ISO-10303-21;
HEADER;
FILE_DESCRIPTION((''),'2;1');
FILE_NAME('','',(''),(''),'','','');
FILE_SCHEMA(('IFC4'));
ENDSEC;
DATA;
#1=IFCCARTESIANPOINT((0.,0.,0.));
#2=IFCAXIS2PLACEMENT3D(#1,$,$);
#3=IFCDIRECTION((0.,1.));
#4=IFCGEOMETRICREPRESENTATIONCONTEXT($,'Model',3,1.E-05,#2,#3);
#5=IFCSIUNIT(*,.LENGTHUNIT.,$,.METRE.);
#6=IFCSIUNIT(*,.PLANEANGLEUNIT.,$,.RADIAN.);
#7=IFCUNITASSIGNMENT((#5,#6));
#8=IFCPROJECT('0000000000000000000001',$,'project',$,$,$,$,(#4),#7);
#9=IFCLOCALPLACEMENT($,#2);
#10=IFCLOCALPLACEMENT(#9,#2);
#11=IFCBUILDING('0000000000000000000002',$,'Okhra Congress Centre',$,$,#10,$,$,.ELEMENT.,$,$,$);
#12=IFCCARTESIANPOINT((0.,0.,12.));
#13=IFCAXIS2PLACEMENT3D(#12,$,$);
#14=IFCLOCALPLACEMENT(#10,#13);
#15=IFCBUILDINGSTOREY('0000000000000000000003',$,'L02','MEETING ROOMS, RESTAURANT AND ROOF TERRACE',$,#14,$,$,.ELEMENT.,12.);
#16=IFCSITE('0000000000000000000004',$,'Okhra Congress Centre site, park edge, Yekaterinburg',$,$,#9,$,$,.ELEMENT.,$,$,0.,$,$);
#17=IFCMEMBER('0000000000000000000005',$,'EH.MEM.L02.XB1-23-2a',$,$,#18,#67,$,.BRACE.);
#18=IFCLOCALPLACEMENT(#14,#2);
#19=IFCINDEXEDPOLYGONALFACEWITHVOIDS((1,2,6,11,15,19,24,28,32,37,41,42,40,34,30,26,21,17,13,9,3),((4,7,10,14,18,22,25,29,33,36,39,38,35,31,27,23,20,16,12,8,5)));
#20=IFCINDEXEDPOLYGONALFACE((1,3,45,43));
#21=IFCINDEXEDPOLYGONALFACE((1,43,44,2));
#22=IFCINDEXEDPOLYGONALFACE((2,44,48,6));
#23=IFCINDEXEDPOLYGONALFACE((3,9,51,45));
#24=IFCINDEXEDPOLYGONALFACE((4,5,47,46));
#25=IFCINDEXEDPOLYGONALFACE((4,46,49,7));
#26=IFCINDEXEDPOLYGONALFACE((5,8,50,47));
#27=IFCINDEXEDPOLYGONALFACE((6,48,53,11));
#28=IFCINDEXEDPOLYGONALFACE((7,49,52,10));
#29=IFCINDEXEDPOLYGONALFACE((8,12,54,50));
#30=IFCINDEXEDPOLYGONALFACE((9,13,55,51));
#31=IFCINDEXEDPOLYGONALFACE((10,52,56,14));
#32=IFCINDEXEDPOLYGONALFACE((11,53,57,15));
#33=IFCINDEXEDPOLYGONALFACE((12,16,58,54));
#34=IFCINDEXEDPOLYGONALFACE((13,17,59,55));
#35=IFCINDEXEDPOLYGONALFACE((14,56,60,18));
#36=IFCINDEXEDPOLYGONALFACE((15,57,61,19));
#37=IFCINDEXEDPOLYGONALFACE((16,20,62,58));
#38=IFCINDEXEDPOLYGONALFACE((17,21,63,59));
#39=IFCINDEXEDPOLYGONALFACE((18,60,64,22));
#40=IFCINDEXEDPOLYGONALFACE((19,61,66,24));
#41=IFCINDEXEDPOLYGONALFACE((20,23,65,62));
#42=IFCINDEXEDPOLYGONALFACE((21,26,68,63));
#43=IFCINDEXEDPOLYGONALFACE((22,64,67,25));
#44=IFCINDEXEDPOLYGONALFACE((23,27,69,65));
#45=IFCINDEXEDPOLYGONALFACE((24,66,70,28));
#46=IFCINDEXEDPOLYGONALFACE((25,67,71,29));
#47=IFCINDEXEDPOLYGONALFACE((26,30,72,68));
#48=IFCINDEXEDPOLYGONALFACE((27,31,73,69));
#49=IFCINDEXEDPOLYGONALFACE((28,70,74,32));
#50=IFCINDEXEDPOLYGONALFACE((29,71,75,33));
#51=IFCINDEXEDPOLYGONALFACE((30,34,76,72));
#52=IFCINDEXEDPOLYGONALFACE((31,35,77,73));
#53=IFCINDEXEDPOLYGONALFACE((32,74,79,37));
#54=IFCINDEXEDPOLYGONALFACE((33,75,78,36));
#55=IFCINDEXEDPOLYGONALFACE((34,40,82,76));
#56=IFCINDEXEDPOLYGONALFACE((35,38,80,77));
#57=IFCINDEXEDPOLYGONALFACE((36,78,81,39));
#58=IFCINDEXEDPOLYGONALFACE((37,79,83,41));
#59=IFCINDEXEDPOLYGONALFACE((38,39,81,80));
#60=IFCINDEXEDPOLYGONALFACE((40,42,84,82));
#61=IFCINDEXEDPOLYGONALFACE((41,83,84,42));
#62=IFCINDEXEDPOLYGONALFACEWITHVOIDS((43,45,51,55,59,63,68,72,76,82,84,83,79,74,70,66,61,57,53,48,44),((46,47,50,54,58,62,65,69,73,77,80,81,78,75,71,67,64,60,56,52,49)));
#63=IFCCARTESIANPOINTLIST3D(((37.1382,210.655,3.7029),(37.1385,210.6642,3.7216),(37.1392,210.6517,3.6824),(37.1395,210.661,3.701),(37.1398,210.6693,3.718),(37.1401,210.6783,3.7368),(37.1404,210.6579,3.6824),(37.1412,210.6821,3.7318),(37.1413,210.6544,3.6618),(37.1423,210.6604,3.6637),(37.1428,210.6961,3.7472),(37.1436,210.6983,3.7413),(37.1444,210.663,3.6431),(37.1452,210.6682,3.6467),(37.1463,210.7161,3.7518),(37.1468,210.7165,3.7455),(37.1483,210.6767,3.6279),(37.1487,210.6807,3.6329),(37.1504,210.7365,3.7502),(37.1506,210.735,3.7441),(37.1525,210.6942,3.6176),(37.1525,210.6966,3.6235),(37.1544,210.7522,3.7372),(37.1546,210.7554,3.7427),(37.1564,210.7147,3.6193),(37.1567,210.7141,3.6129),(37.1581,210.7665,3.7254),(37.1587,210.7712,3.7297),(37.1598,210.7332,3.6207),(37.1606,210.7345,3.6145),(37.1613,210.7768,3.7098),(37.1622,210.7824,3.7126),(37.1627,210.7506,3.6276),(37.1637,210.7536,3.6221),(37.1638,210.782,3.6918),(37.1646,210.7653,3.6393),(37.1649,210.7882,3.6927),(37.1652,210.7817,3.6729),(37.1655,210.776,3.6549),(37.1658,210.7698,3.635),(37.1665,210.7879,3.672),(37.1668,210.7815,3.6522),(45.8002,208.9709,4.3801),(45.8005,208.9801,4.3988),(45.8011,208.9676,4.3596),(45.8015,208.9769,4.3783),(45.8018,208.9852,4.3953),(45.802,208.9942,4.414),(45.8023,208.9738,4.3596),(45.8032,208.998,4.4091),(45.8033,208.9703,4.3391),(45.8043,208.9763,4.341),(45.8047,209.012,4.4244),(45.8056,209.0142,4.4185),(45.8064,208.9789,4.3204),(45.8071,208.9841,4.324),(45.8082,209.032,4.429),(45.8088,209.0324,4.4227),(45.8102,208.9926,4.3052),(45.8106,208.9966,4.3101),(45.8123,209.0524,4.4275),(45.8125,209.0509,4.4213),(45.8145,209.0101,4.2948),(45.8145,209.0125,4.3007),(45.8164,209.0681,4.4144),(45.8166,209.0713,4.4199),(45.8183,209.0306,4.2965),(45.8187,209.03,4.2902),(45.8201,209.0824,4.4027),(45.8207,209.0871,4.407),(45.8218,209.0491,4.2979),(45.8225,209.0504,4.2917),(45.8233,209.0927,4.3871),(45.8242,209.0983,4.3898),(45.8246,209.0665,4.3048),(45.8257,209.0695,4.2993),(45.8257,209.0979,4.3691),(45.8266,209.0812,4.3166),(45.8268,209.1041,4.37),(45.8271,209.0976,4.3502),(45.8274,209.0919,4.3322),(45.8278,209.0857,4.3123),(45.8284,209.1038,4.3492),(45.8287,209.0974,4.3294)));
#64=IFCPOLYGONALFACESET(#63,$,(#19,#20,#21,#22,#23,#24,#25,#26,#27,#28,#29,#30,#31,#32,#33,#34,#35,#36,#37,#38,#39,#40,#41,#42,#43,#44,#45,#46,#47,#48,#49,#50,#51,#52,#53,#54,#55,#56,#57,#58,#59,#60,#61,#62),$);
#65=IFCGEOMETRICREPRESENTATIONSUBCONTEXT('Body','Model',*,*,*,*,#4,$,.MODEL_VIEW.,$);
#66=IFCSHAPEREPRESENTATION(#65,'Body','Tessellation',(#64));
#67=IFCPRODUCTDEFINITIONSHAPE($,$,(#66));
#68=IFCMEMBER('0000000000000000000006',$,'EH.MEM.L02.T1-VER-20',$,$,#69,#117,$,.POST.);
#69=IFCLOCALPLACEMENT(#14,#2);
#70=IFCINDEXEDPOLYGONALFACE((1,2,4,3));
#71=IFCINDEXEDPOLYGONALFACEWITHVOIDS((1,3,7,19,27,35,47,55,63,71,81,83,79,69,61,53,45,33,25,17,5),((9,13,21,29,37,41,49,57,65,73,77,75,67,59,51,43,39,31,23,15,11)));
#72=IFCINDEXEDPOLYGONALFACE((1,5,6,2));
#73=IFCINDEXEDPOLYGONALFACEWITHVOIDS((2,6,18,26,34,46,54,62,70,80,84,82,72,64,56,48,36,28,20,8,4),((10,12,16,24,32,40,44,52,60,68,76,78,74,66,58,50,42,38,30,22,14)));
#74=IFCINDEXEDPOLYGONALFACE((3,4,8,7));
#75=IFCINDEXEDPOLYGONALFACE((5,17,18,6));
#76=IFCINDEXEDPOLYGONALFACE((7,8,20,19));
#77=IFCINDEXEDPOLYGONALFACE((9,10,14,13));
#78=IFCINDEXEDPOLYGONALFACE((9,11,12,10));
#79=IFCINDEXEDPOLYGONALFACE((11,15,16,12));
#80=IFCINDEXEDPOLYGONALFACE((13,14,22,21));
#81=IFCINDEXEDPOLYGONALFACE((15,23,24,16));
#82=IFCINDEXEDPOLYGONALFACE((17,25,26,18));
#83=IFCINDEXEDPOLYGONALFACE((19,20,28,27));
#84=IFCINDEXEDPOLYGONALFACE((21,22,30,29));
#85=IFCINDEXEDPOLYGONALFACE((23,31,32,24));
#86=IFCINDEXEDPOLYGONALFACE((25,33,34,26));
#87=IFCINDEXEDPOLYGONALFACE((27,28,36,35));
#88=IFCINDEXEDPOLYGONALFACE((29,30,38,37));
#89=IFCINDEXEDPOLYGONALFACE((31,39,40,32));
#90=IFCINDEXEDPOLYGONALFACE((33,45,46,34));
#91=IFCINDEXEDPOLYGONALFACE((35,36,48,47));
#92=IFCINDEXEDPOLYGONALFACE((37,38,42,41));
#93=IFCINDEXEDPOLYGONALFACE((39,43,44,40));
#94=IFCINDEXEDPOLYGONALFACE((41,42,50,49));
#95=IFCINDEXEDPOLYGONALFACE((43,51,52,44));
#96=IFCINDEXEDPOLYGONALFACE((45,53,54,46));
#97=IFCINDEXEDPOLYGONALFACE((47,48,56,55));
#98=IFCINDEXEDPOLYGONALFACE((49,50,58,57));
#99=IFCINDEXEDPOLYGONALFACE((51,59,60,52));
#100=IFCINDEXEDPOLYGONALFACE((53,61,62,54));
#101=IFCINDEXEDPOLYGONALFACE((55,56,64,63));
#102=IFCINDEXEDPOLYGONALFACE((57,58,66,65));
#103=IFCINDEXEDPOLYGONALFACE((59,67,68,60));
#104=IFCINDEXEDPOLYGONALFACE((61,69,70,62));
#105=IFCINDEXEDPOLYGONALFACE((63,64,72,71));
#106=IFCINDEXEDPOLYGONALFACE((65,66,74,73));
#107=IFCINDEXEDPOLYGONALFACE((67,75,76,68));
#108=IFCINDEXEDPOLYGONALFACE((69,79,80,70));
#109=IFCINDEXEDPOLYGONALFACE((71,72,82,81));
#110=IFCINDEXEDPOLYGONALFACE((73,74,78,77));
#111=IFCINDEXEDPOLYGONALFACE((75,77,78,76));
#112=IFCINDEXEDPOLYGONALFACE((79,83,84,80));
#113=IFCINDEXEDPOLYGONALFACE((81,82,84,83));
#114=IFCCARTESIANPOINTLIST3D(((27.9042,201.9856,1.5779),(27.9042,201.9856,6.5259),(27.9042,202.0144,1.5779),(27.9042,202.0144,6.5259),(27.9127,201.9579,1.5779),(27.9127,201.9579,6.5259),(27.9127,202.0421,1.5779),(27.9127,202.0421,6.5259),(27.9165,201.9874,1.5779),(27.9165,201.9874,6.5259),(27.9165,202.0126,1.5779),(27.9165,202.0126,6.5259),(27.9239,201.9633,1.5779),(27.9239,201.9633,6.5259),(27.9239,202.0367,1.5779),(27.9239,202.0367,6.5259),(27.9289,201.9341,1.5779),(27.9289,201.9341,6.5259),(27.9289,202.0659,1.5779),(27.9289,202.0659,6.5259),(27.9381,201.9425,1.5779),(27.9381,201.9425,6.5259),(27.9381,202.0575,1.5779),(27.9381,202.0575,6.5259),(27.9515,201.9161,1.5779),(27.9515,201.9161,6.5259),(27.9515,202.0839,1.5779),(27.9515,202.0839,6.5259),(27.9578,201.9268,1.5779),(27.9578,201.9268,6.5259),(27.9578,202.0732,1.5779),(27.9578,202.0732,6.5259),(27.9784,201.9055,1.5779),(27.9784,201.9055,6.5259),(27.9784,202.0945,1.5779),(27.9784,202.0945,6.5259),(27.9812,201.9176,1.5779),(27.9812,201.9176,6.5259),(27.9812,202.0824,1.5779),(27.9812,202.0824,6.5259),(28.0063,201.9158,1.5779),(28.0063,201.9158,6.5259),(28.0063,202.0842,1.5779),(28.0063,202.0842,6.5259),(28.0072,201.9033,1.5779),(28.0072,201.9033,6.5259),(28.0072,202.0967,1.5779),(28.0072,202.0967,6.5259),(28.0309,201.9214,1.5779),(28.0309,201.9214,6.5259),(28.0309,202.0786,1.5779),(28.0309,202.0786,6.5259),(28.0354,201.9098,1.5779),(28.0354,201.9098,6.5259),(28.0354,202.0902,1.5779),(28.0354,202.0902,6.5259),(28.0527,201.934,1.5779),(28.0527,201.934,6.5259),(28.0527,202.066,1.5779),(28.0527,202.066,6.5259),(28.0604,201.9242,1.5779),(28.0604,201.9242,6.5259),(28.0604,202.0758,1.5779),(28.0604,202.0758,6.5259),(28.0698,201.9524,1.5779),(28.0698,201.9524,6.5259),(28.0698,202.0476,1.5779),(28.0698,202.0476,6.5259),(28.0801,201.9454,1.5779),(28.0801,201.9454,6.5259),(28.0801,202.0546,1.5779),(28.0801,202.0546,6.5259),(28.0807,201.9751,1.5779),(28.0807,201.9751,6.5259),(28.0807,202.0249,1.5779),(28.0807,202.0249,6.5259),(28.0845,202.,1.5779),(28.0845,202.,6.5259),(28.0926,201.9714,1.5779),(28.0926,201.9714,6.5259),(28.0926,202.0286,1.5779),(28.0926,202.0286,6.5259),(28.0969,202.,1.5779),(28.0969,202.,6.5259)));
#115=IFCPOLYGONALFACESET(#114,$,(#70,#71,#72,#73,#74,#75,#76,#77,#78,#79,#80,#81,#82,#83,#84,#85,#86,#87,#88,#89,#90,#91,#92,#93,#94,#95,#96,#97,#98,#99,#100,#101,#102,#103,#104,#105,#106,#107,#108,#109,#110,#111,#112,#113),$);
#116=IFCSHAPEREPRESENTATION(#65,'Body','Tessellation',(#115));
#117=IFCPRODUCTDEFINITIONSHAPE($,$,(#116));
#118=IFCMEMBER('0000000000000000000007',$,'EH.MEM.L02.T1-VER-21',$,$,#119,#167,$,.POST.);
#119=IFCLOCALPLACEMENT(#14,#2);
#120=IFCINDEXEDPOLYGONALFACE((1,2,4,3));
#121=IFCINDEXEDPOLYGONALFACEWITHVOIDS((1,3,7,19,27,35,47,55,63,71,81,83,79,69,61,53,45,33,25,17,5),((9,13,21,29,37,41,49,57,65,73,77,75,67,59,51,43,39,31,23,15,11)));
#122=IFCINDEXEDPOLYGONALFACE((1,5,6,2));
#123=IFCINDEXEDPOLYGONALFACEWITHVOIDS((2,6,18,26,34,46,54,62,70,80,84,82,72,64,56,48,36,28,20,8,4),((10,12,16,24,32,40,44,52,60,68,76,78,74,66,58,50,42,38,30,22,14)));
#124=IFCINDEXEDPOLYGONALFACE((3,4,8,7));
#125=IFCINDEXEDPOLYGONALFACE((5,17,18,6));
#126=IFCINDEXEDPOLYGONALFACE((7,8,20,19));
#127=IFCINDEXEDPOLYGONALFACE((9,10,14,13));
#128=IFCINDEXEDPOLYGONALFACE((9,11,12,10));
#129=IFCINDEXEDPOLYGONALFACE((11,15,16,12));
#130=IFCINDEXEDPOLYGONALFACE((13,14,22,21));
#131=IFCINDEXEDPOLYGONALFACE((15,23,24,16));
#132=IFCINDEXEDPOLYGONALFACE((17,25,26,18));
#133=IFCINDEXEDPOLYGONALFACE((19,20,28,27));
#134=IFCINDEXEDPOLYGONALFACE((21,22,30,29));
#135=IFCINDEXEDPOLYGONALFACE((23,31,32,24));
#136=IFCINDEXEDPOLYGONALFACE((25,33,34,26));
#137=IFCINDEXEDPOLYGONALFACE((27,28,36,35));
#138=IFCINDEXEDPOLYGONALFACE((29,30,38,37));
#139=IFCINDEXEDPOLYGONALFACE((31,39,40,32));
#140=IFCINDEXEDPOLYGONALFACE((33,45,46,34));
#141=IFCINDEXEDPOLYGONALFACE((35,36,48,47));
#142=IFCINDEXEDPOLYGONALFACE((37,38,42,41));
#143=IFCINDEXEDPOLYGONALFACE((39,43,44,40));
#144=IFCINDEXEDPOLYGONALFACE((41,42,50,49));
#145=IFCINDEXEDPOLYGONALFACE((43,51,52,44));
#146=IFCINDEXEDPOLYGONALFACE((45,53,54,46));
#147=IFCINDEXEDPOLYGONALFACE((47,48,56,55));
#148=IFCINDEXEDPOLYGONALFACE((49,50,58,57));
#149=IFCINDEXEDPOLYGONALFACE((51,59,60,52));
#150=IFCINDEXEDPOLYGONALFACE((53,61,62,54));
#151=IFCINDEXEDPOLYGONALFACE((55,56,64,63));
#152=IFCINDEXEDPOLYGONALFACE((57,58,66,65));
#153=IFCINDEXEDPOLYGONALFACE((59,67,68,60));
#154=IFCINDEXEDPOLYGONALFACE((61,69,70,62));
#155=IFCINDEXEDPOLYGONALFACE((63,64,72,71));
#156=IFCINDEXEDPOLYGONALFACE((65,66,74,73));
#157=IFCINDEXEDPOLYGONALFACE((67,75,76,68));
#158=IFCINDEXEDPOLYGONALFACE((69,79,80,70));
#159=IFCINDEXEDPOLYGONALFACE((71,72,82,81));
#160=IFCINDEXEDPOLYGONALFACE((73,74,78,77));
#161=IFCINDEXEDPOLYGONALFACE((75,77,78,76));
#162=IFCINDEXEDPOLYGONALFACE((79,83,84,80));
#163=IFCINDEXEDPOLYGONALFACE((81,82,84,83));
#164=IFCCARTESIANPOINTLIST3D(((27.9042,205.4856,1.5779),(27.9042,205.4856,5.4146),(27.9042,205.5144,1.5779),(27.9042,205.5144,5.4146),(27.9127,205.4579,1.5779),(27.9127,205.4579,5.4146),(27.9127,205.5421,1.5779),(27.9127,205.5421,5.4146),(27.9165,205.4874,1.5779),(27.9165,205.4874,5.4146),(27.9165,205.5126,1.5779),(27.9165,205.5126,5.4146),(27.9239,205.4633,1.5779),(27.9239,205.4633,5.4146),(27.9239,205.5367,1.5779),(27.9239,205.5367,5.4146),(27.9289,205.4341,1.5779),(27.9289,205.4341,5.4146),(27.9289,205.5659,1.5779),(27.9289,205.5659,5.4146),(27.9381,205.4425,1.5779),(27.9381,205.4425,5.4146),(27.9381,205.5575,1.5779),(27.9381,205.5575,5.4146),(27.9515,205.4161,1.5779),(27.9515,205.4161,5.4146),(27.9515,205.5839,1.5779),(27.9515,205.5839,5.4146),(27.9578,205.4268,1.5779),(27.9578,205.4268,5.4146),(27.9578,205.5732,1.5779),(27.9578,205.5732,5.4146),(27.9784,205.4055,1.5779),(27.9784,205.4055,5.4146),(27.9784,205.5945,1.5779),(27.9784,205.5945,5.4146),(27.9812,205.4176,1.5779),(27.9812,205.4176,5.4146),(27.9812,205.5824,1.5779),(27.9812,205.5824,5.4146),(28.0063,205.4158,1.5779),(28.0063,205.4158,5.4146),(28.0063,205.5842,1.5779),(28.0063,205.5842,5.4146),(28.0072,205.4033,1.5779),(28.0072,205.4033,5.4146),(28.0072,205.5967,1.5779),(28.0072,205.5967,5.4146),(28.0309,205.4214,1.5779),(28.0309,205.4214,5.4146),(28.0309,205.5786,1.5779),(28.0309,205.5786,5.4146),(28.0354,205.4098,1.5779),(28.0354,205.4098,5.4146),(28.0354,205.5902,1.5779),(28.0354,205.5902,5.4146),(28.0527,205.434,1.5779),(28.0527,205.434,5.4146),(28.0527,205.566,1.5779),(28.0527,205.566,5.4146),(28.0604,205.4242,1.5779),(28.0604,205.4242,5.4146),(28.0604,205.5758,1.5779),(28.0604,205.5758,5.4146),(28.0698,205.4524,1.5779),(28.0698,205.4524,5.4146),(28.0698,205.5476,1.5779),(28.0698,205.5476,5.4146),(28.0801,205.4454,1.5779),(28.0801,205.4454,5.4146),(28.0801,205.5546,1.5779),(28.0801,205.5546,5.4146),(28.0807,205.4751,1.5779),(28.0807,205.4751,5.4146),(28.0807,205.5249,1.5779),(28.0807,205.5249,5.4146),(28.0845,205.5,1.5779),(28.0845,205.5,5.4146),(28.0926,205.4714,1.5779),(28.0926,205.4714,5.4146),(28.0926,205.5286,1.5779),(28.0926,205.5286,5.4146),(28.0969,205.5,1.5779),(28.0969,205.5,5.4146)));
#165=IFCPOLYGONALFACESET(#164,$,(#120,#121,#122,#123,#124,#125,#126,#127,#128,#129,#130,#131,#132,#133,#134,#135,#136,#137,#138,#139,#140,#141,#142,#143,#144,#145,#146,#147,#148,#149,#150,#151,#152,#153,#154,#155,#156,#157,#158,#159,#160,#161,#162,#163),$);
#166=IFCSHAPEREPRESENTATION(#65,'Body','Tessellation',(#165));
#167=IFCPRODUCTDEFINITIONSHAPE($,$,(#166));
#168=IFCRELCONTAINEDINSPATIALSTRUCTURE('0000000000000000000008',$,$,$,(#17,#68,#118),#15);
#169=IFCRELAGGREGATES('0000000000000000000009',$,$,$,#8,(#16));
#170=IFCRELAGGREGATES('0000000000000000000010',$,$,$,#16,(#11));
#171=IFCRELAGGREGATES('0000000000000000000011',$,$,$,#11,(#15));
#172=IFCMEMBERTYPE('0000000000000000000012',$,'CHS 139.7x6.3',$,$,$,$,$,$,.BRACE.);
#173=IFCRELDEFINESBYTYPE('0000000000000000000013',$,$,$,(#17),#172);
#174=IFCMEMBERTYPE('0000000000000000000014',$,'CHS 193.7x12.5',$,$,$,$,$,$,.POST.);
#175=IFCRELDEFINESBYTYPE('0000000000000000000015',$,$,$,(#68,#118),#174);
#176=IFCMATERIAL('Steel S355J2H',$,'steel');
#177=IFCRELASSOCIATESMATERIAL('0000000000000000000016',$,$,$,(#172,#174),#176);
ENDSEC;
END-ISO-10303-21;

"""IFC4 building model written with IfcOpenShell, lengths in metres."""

from ifc_helpers import new_model, si_unit, direction, frame, origin, origin_2d, place, context, subcontext, project, spatial, hollow_circle, extrude, material, material_profile, profile_set, type_object, element, save


model = new_model("IFC4")

# Units and contexts
model_context = context("Model", 3, precision=1e-05, world=origin(), true_north=direction((0.0, 1.0)))
body_context = subcontext(model_context, "Body", "Model", "MODEL_VIEW")
ifc_project = project(units=[si_unit("LENGTHUNIT", "METRE"), si_unit("PLANEANGLEUNIT", "RADIAN")], contexts=[model_context])

# Site, building, storey
site_placement = place(None, origin())
site = spatial("IfcSite", under=ifc_project, at=site_placement, Name="Okhra Congress Centre site, park edge, Yekaterinburg", CompositionType="ELEMENT", RefElevation=0.0)
building_placement = place(site_placement, origin())
building = spatial("IfcBuilding", under=site, at=building_placement, Name="Okhra Congress Centre", CompositionType="ELEMENT")
storey_placement = place(building_placement, frame((0.0, 0.0, 12.0)))
storey = spatial("IfcBuildingStorey", under=building, at=storey_placement, Name="L02", Description="MEETING ROOMS, RESTAURANT AND ROOF TERRACE", CompositionType="ELEMENT", Elevation=12.0)

# Members
ifc_material_1 = material(Name="Steel S355J2H", Category="steel")
ifc_material_profile_1 = material_profile(ifc_material_1, hollow_circle(Radius=0.0698, WallThickness=0.0063, at=origin_2d()), Name="CHS 139.7x6.3")
ifc_profile_set_1 = profile_set([ifc_material_profile_1], Name="Steel S355J2H")
member_type_1 = type_object("IfcMemberType", Name="CHS 139.7x6.3", PredefinedType="BRACE", material=ifc_profile_set_1)
member_1_placement = place(storey_placement, frame((45.8145, 209.0361, 4.3596), z_axis=(-0.978741, 0.190292, -0.076525), x_axis=(-0.190851, -0.981619, 0.0)))
element("IfcMember", 1, at=member_1_placement, inside=storey, type_object=member_type_1, Name="EH.MEM.L02.XB1-23-2a", PredefinedType="BRACE", context=body_context, shape_type="SweptSolid", body=[
    extrude(hollow_circle(Radius=0.0698, WallThickness=0.0063, at=origin_2d()), origin(), (0.0, 0.0, 1.0), 8.8501),
])
ifc_material_profile_2 = material_profile(ifc_material_1, hollow_circle(Radius=0.0969, WallThickness=0.0125, at=origin_2d()), Name="CHS 193.7x12.5")
ifc_profile_set_2 = profile_set([ifc_material_profile_2], Name="Steel S355J2H")
member_type_2 = type_object("IfcMemberType", Name="CHS 193.7x12.5", PredefinedType="POST", material=ifc_profile_set_2)
member_2_placement = place(storey_placement, frame((28.0, 202.0, 1.5779), z_axis=(0.0, 0.0, 1.0), x_axis=(1.0, 0.0, 0.0)))
element("IfcMember", 2, at=member_2_placement, inside=storey, type_object=member_type_2, Name="EH.MEM.L02.T1-VER-20", PredefinedType="POST", context=body_context, shape_type="SweptSolid", body=[
    extrude(hollow_circle(Radius=0.0969, WallThickness=0.0125, at=origin_2d()), origin(), (0.0, 0.0, 1.0), 4.948),
])
member_3_placement = place(storey_placement, frame((28.0, 205.5, 1.5779), z_axis=(0.0, 0.0, 1.0), x_axis=(1.0, 0.0, 0.0)))
element("IfcMember", 3, at=member_3_placement, inside=storey, type_object=member_type_2, Name="EH.MEM.L02.T1-VER-21", PredefinedType="POST", context=body_context, shape_type="SweptSolid", body=[
    extrude(hollow_circle(Radius=0.0969, WallThickness=0.0125, at=origin_2d()), origin(), (0.0, 0.0, 1.0), 3.8367),
])

save(model, "model.ifc")
